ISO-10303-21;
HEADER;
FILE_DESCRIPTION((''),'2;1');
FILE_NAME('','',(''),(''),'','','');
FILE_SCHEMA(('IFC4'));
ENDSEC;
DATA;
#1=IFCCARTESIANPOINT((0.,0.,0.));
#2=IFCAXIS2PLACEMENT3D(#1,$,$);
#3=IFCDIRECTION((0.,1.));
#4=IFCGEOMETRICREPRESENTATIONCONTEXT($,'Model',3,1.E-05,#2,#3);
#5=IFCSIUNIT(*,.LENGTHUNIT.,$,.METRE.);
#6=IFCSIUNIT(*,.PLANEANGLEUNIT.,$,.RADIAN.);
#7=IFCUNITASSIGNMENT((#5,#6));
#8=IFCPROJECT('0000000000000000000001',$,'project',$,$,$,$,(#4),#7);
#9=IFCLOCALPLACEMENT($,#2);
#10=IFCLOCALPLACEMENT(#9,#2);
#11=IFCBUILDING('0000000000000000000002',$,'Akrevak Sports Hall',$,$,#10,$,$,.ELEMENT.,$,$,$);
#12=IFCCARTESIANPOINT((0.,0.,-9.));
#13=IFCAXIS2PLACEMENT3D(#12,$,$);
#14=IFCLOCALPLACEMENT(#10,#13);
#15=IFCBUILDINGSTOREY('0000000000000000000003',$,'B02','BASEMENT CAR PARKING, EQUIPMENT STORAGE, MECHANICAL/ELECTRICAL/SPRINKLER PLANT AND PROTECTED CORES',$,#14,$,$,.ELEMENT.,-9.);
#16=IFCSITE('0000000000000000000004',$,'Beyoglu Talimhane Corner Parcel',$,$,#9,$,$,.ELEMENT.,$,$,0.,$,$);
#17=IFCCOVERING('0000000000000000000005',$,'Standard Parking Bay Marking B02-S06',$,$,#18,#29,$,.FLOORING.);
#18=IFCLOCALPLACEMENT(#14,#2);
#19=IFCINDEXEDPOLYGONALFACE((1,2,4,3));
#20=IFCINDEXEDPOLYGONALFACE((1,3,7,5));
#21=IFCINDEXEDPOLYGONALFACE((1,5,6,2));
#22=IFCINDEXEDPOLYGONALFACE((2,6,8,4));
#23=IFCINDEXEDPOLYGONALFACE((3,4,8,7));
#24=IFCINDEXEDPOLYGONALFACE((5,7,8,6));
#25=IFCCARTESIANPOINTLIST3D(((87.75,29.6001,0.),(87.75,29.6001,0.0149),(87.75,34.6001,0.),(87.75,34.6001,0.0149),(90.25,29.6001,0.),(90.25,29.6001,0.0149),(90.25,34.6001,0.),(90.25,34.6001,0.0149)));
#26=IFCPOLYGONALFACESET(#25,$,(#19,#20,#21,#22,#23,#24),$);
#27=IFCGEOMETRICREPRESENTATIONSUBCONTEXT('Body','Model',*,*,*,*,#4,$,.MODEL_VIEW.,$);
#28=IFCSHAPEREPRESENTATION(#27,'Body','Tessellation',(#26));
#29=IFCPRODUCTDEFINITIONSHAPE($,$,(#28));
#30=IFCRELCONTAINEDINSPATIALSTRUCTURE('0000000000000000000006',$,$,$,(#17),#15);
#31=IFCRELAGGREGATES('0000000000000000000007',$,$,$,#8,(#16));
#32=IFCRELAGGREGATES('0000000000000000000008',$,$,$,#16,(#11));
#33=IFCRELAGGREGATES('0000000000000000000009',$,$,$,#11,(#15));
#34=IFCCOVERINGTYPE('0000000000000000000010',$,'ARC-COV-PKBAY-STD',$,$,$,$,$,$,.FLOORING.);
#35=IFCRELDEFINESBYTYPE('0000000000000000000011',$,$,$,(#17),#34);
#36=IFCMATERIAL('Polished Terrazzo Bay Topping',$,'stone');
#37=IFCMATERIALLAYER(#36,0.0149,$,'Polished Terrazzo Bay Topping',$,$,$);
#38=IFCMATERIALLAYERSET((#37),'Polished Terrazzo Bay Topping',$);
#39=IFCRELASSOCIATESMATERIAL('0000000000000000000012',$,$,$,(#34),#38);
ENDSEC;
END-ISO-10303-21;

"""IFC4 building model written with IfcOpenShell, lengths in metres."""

from ifc_helpers import new_model, si_unit, direction, frame, origin, origin_2d, place, context, subcontext, project, spatial, rectangle, extrude, material, layer, layer_set, type_object, element, save


model = new_model("IFC4")

# Units and contexts
model_context = context("Model", 3, precision=1e-05, world=origin(), true_north=direction((0.0, 1.0)))
body_context = subcontext(model_context, "Body", "Model", "MODEL_VIEW")
ifc_project = project(units=[si_unit("LENGTHUNIT", "METRE"), si_unit("PLANEANGLEUNIT", "RADIAN")], contexts=[model_context])

# Site, building, storey
site_placement = place(None, origin())
site = spatial("IfcSite", under=ifc_project, at=site_placement, Name="Beyoglu Talimhane Corner Parcel", CompositionType="ELEMENT", RefElevation=0.0)
building_placement = place(site_placement, origin())
building = spatial("IfcBuilding", under=site, at=building_placement, Name="Akrevak Sports Hall", CompositionType="ELEMENT")
storey_placement = place(building_placement, frame((0.0, 0.0, -9.0)))
storey = spatial("IfcBuildingStorey", under=building, at=storey_placement, Name="B02", Description="BASEMENT CAR PARKING, EQUIPMENT STORAGE, MECHANICAL/ELECTRICAL/SPRINKLER PLANT AND PROTECTED CORES", CompositionType="ELEMENT", Elevation=-9.0)

# Covering
ifc_material_1 = material(Name="Polished Terrazzo Bay Topping", Category="stone")
ifc_layer = layer(ifc_material_1, 0.0149, Name="Polished Terrazzo Bay Topping")
ifc_layer_set = layer_set([ifc_layer], Name="Polished Terrazzo Bay Topping")
covering_type = type_object("IfcCoveringType", Name="ARC-COV-PKBAY-STD", PredefinedType="FLOORING", material=ifc_layer_set)
for number, where, z_axis, x_axis, name in (
    (1, (89.0, 32.1001, 0.0), (0.0, 0.0, 1.0), (1.0, 0.0, 0.0), "Standard Parking Bay Marking B02-S06"),
):
    element("IfcCovering", number, at=place(storey_placement, frame(where, z_axis=z_axis, x_axis=x_axis)), inside=storey, type_object=covering_type, Name=name, PredefinedType="FLOORING", context=body_context, shape_type="SweptSolid", body=[
        extrude(rectangle(XDim=2.5, YDim=5.0, at=origin_2d()), origin(), (0.0, 0.0, 1.0), 0.0149),
    ])

save(model, "model.ifc")
